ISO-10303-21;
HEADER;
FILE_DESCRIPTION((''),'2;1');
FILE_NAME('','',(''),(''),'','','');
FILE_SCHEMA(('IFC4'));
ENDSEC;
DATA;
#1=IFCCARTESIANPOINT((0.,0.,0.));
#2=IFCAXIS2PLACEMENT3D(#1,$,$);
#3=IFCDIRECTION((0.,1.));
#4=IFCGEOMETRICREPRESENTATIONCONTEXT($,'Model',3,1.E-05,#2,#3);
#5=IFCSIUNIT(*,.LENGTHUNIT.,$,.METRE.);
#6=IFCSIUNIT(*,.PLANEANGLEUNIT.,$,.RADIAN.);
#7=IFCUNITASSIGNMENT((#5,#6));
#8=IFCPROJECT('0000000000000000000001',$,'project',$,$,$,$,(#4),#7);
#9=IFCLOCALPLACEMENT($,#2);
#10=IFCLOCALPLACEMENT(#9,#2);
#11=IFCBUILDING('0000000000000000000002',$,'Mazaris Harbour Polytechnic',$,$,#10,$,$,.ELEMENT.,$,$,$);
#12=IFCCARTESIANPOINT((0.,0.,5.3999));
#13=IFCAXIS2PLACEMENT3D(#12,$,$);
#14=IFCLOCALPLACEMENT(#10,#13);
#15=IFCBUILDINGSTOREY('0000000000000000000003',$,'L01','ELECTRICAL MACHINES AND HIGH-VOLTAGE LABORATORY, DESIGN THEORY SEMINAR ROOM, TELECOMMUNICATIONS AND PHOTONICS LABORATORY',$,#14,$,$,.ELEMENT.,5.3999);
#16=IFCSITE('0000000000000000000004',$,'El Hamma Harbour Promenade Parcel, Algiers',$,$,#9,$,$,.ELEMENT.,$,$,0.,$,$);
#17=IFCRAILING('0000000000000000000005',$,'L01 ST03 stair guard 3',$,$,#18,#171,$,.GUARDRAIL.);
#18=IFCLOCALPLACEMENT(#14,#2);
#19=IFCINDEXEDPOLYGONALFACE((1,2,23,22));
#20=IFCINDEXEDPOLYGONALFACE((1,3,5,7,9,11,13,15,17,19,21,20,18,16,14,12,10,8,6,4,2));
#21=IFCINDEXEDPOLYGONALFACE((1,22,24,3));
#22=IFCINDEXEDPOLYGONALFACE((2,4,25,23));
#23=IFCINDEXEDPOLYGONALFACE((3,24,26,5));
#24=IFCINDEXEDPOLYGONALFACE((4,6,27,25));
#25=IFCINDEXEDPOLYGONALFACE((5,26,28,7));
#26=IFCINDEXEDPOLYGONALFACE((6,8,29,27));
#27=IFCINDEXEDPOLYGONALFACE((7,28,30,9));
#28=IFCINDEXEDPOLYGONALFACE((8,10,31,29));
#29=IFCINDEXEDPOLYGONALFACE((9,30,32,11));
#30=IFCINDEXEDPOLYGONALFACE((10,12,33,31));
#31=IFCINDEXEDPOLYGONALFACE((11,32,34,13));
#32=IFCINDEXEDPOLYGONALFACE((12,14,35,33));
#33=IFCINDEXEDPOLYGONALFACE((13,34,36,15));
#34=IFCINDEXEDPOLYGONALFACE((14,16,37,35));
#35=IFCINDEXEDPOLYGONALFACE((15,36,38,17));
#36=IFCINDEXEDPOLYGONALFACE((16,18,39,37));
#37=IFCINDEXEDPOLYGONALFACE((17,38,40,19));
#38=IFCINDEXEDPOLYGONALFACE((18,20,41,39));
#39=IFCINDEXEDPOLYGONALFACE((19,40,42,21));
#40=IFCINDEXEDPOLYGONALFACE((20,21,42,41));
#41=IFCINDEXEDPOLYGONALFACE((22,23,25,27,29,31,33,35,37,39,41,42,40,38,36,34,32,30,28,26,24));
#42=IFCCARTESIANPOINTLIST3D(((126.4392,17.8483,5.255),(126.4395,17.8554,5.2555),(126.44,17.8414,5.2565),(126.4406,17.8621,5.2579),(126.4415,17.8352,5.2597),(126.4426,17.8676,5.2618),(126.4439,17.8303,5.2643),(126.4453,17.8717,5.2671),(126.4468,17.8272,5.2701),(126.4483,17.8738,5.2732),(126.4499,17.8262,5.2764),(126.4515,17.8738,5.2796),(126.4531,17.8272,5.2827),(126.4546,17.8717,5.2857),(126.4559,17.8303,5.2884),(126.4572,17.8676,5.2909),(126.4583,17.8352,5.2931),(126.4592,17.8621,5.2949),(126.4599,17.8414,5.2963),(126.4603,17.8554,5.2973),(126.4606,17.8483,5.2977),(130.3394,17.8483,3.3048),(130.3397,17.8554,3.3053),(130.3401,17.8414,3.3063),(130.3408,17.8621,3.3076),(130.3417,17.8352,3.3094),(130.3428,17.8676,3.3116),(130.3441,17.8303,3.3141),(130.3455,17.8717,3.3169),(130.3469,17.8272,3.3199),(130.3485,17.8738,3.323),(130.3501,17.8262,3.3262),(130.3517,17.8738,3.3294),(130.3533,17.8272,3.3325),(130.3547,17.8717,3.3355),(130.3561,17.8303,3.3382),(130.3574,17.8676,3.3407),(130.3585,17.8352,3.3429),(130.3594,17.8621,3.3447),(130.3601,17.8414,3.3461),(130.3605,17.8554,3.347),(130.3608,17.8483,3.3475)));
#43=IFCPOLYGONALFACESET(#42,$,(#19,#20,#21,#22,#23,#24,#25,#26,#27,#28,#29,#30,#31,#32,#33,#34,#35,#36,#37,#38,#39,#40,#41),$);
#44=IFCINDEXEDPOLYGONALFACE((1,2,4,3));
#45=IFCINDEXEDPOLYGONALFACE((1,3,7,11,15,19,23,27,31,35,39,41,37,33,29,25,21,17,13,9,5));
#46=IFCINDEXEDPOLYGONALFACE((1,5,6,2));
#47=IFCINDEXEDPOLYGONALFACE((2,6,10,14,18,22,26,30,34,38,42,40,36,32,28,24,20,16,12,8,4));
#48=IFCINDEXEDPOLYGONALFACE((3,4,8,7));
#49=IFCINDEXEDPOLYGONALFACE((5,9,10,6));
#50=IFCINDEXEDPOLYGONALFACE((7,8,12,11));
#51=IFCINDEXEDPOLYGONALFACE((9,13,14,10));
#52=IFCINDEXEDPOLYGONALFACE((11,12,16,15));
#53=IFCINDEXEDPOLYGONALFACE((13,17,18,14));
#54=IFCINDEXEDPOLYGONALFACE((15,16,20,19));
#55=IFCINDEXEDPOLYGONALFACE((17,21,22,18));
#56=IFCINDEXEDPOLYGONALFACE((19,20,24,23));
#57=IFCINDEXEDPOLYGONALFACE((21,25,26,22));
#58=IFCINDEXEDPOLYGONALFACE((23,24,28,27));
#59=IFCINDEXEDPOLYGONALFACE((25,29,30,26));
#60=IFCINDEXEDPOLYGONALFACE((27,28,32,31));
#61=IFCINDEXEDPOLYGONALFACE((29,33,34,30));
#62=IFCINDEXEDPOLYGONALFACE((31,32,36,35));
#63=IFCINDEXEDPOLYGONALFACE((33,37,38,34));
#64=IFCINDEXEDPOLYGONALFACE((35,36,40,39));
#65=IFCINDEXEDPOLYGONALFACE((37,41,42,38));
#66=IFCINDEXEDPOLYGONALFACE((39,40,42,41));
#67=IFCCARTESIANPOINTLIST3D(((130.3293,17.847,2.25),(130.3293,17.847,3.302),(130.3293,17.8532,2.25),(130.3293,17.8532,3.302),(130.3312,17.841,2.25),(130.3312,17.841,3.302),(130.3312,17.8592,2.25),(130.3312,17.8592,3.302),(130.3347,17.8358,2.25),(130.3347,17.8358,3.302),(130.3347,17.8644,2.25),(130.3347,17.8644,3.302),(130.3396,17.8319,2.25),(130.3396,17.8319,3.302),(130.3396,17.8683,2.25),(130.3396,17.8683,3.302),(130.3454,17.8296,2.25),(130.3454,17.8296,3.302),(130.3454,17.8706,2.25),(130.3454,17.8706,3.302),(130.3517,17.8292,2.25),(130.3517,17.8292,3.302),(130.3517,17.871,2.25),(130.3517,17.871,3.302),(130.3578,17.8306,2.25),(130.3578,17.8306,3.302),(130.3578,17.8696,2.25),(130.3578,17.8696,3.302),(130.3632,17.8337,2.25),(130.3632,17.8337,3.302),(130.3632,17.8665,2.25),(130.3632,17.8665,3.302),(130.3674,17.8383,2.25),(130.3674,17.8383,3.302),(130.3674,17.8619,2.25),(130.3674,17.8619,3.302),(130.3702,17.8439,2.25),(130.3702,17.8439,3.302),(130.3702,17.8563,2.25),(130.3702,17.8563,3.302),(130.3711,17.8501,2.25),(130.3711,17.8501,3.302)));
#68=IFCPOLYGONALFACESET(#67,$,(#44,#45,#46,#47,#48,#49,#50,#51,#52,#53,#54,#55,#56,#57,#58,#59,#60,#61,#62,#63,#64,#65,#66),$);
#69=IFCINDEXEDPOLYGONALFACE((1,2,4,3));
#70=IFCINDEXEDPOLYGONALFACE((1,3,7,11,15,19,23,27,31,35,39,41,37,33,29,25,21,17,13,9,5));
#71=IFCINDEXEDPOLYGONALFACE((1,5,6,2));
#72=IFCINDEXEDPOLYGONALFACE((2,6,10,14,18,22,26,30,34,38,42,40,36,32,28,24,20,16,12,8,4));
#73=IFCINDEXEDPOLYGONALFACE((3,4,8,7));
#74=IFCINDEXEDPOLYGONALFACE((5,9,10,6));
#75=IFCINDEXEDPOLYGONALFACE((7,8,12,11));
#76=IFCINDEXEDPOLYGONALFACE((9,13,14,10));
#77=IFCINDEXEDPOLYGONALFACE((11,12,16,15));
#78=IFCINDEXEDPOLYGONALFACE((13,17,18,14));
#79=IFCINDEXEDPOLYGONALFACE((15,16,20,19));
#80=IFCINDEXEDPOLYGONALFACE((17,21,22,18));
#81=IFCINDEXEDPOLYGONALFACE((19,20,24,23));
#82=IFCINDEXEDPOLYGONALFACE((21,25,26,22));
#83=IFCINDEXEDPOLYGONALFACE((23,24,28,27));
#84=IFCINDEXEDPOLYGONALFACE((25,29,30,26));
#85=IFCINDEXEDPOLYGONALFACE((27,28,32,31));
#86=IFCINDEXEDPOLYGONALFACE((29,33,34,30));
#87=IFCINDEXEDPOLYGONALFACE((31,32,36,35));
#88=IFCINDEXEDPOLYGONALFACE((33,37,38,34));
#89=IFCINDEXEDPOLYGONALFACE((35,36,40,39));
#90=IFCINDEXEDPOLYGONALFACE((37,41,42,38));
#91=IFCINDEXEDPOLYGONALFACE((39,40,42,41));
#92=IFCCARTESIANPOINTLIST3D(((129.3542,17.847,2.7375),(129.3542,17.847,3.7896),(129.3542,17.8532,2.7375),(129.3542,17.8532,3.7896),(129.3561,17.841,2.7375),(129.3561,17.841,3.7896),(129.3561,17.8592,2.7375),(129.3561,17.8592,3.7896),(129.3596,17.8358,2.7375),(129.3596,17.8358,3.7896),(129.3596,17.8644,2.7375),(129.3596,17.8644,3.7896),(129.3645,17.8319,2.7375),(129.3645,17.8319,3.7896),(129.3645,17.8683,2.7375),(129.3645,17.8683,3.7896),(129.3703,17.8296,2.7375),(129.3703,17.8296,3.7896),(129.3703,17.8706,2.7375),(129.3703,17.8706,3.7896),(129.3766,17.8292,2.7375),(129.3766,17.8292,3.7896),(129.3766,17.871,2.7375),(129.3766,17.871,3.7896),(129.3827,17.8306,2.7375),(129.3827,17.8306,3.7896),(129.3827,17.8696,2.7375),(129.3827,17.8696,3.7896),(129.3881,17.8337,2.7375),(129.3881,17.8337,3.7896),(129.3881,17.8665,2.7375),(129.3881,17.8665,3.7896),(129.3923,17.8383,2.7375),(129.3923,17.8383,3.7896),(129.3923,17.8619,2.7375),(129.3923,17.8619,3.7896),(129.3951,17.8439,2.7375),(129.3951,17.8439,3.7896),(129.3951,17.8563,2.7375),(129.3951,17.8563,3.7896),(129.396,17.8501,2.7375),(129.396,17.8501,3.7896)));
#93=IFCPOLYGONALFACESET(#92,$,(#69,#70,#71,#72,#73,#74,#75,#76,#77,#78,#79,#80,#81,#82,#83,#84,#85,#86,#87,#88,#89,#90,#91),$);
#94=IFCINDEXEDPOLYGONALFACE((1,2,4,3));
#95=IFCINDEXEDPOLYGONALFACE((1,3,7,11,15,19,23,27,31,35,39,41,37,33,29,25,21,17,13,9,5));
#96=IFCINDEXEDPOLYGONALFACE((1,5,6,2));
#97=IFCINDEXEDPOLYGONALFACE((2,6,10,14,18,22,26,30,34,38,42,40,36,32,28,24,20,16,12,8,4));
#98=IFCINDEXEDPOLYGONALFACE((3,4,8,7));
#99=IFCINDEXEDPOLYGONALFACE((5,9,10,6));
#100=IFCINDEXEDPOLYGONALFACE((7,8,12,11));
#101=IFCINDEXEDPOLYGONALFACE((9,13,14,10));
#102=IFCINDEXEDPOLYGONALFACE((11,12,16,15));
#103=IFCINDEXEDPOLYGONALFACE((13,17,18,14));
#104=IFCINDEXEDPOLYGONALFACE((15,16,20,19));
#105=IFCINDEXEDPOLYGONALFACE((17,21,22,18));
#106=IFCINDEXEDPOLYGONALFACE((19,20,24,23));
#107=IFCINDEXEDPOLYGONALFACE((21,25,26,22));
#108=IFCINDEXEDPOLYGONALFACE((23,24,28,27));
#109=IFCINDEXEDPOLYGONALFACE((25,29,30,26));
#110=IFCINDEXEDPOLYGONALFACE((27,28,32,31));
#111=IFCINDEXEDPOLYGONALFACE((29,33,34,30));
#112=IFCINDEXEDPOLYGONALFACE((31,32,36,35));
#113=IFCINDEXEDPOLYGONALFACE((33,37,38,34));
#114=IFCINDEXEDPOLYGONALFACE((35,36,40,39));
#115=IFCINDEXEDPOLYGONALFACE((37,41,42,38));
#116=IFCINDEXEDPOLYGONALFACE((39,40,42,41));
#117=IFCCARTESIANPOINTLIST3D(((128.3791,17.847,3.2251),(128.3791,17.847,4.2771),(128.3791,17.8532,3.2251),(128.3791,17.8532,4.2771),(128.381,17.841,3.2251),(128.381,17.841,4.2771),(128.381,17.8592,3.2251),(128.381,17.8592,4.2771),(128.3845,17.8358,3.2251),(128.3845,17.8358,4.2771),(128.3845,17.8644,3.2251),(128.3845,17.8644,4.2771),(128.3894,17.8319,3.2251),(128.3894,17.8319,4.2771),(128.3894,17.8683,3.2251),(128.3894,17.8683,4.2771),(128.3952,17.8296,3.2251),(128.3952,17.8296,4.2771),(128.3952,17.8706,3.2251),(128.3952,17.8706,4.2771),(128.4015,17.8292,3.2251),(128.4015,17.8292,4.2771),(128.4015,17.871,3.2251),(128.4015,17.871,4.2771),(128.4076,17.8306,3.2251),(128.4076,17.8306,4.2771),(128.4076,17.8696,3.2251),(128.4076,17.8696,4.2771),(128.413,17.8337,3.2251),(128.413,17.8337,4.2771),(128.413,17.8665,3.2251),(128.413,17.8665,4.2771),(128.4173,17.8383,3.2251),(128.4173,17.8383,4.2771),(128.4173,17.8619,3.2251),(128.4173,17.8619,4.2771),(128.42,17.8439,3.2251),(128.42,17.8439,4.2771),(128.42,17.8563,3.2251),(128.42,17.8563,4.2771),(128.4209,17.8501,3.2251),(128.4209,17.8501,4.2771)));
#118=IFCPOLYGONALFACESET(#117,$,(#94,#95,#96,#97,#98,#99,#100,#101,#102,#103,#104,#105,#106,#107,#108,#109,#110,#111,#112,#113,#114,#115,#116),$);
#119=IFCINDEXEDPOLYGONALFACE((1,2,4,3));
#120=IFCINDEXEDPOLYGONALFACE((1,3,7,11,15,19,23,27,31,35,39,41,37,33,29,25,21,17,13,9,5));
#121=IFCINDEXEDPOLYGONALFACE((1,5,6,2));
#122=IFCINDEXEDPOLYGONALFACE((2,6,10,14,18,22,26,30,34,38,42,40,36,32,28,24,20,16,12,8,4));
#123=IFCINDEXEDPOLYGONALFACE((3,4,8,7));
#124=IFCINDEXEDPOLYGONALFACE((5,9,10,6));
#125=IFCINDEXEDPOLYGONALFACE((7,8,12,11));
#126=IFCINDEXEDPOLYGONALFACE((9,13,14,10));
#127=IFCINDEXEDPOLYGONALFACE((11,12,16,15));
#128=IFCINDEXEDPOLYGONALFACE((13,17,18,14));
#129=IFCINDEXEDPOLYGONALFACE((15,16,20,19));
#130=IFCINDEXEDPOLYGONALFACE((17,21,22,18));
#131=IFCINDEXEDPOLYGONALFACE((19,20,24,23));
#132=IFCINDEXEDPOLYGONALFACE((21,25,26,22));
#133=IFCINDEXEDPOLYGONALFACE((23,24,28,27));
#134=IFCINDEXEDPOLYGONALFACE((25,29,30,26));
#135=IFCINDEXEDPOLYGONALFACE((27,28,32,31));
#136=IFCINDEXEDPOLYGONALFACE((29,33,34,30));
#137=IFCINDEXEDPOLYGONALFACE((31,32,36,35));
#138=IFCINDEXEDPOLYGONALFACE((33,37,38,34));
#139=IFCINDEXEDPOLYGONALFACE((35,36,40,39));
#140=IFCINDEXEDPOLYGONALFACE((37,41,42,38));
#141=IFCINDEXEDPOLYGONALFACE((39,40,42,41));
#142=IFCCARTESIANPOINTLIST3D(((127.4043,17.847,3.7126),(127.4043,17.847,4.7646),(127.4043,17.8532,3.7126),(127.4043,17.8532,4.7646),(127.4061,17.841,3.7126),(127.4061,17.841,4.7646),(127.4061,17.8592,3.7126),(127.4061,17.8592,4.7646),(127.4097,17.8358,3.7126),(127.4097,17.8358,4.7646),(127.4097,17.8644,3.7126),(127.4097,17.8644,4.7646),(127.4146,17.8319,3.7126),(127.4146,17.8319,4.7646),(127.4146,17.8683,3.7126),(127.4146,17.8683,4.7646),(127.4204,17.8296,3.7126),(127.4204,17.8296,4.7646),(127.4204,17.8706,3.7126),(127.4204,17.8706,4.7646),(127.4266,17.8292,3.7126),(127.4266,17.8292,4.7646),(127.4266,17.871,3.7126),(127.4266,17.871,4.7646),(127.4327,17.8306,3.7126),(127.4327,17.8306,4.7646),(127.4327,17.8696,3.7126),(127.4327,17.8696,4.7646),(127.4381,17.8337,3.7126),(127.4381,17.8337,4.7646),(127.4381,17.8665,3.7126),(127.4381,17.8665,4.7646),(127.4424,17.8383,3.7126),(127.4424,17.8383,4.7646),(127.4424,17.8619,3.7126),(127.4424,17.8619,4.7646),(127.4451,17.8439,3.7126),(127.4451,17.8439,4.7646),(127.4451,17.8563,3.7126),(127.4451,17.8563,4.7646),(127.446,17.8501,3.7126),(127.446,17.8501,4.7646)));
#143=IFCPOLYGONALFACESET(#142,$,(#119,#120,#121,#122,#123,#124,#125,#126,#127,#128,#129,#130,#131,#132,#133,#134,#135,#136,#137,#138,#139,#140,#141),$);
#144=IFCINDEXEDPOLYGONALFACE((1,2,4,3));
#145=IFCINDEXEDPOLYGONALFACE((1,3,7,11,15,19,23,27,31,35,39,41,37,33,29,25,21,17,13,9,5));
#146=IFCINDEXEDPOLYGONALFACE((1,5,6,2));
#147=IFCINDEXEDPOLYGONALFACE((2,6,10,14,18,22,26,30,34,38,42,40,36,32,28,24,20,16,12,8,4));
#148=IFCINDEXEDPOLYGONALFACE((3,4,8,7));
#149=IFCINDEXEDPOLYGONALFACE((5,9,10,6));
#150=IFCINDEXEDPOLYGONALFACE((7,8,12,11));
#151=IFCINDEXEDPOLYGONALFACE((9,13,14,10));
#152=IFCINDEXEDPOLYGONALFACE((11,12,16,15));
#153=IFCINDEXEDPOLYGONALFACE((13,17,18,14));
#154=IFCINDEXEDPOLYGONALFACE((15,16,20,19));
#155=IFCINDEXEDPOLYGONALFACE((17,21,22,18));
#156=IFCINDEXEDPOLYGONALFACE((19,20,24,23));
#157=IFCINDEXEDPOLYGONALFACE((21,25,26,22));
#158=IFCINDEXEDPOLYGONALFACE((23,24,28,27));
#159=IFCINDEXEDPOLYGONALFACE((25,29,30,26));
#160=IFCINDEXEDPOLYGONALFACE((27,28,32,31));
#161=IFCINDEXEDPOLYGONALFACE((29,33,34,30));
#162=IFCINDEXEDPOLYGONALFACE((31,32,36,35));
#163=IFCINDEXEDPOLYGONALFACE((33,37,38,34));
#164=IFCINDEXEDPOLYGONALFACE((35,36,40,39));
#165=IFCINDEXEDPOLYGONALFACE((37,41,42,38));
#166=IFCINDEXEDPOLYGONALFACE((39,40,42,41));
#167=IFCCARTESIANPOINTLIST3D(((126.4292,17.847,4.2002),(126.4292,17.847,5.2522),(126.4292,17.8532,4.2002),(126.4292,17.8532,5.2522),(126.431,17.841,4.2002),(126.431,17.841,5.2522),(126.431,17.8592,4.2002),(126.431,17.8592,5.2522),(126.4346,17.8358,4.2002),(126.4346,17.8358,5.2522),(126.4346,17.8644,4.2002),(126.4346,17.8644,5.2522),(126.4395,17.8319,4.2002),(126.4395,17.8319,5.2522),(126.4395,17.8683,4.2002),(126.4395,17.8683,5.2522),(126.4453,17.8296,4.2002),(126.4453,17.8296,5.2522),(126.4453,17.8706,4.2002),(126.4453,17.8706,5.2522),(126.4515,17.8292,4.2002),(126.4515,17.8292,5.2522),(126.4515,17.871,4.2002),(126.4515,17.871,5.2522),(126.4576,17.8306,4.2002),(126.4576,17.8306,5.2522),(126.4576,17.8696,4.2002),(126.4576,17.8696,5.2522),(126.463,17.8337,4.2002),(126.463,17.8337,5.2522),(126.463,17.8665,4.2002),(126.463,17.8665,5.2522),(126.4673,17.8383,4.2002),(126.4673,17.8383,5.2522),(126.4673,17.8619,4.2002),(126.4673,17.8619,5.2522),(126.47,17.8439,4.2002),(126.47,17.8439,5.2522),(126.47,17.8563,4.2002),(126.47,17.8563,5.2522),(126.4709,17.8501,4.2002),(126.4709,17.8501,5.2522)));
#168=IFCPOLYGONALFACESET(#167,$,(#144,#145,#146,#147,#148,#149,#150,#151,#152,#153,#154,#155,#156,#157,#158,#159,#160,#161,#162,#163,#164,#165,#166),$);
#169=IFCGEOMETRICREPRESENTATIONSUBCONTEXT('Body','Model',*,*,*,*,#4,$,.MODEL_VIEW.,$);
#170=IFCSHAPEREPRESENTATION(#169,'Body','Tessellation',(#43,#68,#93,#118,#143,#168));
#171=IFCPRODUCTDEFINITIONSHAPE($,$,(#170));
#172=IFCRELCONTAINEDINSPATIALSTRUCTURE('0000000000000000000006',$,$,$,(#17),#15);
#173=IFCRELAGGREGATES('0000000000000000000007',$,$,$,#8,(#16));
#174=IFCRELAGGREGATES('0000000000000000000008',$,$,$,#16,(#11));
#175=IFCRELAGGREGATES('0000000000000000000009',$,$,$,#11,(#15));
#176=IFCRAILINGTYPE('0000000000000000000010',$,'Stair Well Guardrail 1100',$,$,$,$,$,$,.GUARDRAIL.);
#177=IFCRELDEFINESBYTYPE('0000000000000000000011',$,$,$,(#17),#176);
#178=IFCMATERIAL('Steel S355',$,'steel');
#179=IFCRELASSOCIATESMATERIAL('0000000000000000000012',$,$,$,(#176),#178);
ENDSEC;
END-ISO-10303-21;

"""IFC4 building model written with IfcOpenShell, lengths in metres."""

from ifc_helpers import new_model, si_unit, direction, frame, origin, origin_2d, place, context, subcontext, project, spatial, circle, extrude, material, type_object, element, save


model = new_model("IFC4")

# Units and contexts
model_context = context("Model", 3, precision=1e-05, world=origin(), true_north=direction((0.0, 1.0)))
body_context = subcontext(model_context, "Body", "Model", "MODEL_VIEW")
ifc_project = project(units=[si_unit("LENGTHUNIT", "METRE"), si_unit("PLANEANGLEUNIT", "RADIAN")], contexts=[model_context])

# Site, building, storey
site_placement = place(None, origin())
site = spatial("IfcSite", under=ifc_project, at=site_placement, Name="El Hamma Harbour Promenade Parcel, Algiers", CompositionType="ELEMENT", RefElevation=0.0)
building_placement = place(site_placement, origin())
building = spatial("IfcBuilding", under=site, at=building_placement, Name="Mazaris Harbour Polytechnic", CompositionType="ELEMENT")
storey_placement = place(building_placement, frame((0.0, 0.0, 5.3999)))
storey = spatial("IfcBuildingStorey", under=building, at=storey_placement, Name="L01", Description="ELECTRICAL MACHINES AND HIGH-VOLTAGE LABORATORY, DESIGN THEORY SEMINAR ROOM, TELECOMMUNICATIONS AND PHOTONICS LABORATORY", CompositionType="ELEMENT", Elevation=5.3999)

# Railing
ifc_material_1 = material(Name="Steel S355", Category="steel")
railing_type_1 = type_object("IfcRailingType", Name="Stair Well Guardrail 1100", PredefinedType="GUARDRAIL", material=ifc_material_1)
railing_1_placement = place(storey_placement, frame((130.3501, 17.8501, 2.25)))
element("IfcRailing", 1, at=railing_1_placement, inside=storey, type_object=railing_type_1, Name="L01 ST03 stair guard 3", PredefinedType="GUARDRAIL", context=body_context, shape_type="SweptSolid", body=[
    extrude(circle(Radius=0.0239, at=origin_2d()), frame((0.0, 0.0, 1.0762), z_axis=(-0.894416, 0.0, 0.447236), x_axis=(0.0, -1.0, 0.0)), (0.0, 0.0, 1.0), 4.3606),
    extrude(circle(Radius=0.021, at=origin_2d()), origin(), (0.0, 0.0, 1.0), 1.052),
    extrude(circle(Radius=0.021, at=origin_2d()), frame((-0.9751, 0.0, 0.4875)), (0.0, 0.0, 1.0), 1.052),
    extrude(circle(Radius=0.021, at=origin_2d()), frame((-1.9502, 0.0, 0.9751)), (0.0, 0.0, 1.0), 1.052),
    extrude(circle(Radius=0.021, at=origin_2d()), frame((-2.925, 0.0, 1.4626)), (0.0, 0.0, 1.0), 1.052),
    extrude(circle(Radius=0.021, at=origin_2d()), frame((-3.9001, 0.0, 1.9502)), (0.0, 0.0, 1.0), 1.052),
])

save(model, "model.ifc")
